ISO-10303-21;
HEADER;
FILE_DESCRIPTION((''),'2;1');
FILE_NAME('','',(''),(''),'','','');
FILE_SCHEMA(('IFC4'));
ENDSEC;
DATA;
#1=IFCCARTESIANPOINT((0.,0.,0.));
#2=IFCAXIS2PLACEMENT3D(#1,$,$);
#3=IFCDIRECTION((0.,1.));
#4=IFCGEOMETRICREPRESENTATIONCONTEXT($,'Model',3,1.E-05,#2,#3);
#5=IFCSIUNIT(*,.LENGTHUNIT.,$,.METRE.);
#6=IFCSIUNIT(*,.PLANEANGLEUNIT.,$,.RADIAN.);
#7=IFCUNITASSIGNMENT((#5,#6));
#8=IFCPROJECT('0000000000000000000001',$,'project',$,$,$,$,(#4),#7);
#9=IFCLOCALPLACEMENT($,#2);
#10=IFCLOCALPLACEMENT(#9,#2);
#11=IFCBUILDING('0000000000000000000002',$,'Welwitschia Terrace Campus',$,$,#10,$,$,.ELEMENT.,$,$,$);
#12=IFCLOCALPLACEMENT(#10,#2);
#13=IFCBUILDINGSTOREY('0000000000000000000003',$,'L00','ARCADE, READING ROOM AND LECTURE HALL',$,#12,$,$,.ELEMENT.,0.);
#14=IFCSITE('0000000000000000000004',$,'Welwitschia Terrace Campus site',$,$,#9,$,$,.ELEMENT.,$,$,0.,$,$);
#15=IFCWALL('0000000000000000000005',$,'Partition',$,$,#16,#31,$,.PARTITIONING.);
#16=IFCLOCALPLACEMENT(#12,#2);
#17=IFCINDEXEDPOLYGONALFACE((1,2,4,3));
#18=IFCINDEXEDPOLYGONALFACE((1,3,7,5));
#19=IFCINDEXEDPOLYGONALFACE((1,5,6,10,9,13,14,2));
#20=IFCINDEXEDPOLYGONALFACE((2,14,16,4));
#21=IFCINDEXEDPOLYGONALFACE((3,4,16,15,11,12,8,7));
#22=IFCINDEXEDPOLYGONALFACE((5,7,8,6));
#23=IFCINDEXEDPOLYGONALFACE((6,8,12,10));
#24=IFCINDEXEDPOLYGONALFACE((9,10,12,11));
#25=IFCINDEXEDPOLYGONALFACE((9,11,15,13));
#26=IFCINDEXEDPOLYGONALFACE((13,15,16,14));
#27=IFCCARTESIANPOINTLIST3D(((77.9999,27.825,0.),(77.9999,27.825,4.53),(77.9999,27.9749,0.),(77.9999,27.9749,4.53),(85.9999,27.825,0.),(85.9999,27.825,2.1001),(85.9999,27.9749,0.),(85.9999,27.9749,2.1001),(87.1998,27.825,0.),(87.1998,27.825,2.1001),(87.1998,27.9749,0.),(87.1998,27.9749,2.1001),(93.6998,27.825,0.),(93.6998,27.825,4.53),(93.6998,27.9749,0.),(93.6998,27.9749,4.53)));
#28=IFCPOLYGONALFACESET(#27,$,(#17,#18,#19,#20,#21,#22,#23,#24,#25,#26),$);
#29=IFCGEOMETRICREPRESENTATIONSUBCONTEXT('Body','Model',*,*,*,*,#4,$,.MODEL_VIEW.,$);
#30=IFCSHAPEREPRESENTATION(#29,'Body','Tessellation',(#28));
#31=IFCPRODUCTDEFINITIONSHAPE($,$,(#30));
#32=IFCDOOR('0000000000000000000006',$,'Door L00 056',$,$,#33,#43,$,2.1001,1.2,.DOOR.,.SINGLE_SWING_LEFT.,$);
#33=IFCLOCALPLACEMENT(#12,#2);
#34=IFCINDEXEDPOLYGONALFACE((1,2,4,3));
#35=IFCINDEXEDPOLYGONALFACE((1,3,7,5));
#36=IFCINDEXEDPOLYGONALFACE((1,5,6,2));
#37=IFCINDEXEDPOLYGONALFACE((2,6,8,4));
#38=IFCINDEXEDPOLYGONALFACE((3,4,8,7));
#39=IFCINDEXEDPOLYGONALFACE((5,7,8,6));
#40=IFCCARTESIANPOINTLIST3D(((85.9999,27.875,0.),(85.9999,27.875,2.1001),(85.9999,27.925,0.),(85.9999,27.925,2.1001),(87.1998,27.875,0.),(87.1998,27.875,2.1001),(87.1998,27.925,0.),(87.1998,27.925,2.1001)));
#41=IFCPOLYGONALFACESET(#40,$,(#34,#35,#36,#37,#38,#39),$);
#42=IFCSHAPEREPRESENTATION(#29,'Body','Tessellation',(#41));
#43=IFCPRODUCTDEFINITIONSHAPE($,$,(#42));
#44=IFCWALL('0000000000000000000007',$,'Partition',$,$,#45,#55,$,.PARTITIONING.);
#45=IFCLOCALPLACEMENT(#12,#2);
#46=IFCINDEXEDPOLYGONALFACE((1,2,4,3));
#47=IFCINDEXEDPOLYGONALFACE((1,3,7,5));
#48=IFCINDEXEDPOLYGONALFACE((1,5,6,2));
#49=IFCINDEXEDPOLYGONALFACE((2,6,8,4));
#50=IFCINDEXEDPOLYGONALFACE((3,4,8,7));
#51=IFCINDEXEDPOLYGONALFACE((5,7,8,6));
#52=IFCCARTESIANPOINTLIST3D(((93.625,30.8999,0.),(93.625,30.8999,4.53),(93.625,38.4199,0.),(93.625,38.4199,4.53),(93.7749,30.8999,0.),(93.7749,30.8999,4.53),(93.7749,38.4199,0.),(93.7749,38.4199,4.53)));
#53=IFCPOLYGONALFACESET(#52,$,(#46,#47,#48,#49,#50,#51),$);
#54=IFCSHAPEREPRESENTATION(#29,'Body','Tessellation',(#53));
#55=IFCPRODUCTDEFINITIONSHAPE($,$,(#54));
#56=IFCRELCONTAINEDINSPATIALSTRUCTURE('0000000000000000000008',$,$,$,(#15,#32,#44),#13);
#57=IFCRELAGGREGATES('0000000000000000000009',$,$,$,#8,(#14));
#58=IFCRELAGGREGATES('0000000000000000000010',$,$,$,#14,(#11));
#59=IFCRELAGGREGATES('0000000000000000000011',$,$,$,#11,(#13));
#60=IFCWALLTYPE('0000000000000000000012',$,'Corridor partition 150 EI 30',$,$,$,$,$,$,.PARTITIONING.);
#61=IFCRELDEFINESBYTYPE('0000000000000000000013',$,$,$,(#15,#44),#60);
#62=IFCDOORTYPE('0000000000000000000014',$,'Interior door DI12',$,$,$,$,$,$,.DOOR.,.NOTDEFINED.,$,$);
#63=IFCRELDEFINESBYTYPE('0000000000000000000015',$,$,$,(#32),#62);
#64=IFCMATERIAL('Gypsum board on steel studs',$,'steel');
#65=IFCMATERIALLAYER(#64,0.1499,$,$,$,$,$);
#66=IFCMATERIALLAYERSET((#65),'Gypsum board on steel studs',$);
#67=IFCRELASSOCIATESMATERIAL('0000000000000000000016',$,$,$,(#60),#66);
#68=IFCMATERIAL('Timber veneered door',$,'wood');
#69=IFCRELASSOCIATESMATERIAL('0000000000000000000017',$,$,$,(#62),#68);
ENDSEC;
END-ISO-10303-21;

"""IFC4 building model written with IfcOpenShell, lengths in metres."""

from ifc_helpers import new_model, si_unit, direction, frame, frame_2d, origin, place, context, subcontext, project, spatial, rectangle, extrude, material, layer, layer_set, type_object, element, fill, save


model = new_model("IFC4")

# Units and contexts
model_context = context("Model", 3, precision=1e-05, world=origin(), true_north=direction((0.0, 1.0)))
body_context = subcontext(model_context, "Body", "Model", "MODEL_VIEW")
ifc_project = project(units=[si_unit("LENGTHUNIT", "METRE"), si_unit("PLANEANGLEUNIT", "RADIAN")], contexts=[model_context])

# Site, building, storey
site_placement = place(None, origin())
site = spatial("IfcSite", under=ifc_project, at=site_placement, Name="Welwitschia Terrace Campus site", CompositionType="ELEMENT", RefElevation=0.0)
building_placement = place(site_placement, origin())
building = spatial("IfcBuilding", under=site, at=building_placement, Name="Welwitschia Terrace Campus", CompositionType="ELEMENT")
storey_placement = place(building_placement, origin())
storey = spatial("IfcBuildingStorey", under=building, at=storey_placement, Name="L00", Description="ARCADE, READING ROOM AND LECTURE HALL", CompositionType="ELEMENT", Elevation=0.0)

# Shared definitions
ifc_material_1 = material(Name="Gypsum board on steel studs", Category="steel")
ifc_layer_1 = layer(ifc_material_1, 0.1499)
ifc_layer_set_1 = layer_set([ifc_layer_1], Name="Gypsum board on steel studs")
wall_type_1 = type_object("IfcWallType", Name="Corridor partition 150 EI 30", PredefinedType="PARTITIONING", material=ifc_layer_set_1)

# Wall, opening, door
ifc_material_2 = material(Name="Timber veneered door", Category="wood")
door_type_1 = type_object("IfcDoorType", Name="Interior door DI12", OperationType="NOTDEFINED", PredefinedType="DOOR", material=ifc_material_2)
wall_1_placement = place(storey_placement, frame((93.7, 27.8999, 0.0), z_axis=(0.0, 0.0, 1.0), x_axis=(-1.0, 0.0, 0.0)))
wall_1 = element("IfcWall", 1, at=wall_1_placement, inside=storey, type_object=wall_type_1, Name="Partition", PredefinedType="PARTITIONING", context=body_context, shape_type="SweptSolid", body=[
    extrude(rectangle(XDim=15.7, YDim=0.1499, at=frame_2d((7.8501, 0.0))), origin(), (0.0, 0.0, 1.0), 4.53),
])
opening_1_placement = place(wall_1_placement, frame((6.5, 0.0, 0.0)))
opening_1 = element("IfcOpeningElement", 2, at=opening_1_placement, cuts=wall_1, PredefinedType="OPENING", context=body_context, shape_type="SweptSolid", body=[
    extrude(rectangle(XDim=1.2, YDim=2.1001, at=frame_2d((0.6001, 1.05))), frame((0.0, 0.085, 0.0), z_axis=(0.0, -1.0, 0.0), x_axis=(1.0, 0.0, 0.0)), (0.0, 0.0, 1.0), 0.1699),
])
door_1_placement = place(opening_1_placement, origin())
door_1 = element("IfcDoor", 3, at=door_1_placement, inside=storey, type_object=door_type_1, Name="Door L00 056", OperationType="SINGLE_SWING_LEFT", OverallHeight=2.1001, OverallWidth=1.2, PredefinedType="DOOR", context=body_context, shape_type="SweptSolid", body=[
    extrude(rectangle(XDim=1.2, YDim=2.1001, at=frame_2d((0.6001, 1.05))), frame((0.0, 0.0249, 0.0), z_axis=(0.0, -1.0, 0.0), x_axis=(1.0, 0.0, 0.0)), (0.0, 0.0, 1.0), 0.05),
])
fill(opening_1, door_1)

# Wall
wall_2_placement = place(storey_placement, frame((93.7, 30.8999, 0.0), z_axis=(0.0, 0.0, 1.0), x_axis=(0.0, 1.0, 0.0)))
element("IfcWall", 4, at=wall_2_placement, inside=storey, type_object=wall_type_1, Name="Partition", PredefinedType="PARTITIONING", context=body_context, shape_type="SweptSolid", body=[
    extrude(rectangle(XDim=7.52, YDim=0.1499, at=frame_2d((3.76, 0.0))), origin(), (0.0, 0.0, 1.0), 4.53),
])

save(model, "model.ifc")
